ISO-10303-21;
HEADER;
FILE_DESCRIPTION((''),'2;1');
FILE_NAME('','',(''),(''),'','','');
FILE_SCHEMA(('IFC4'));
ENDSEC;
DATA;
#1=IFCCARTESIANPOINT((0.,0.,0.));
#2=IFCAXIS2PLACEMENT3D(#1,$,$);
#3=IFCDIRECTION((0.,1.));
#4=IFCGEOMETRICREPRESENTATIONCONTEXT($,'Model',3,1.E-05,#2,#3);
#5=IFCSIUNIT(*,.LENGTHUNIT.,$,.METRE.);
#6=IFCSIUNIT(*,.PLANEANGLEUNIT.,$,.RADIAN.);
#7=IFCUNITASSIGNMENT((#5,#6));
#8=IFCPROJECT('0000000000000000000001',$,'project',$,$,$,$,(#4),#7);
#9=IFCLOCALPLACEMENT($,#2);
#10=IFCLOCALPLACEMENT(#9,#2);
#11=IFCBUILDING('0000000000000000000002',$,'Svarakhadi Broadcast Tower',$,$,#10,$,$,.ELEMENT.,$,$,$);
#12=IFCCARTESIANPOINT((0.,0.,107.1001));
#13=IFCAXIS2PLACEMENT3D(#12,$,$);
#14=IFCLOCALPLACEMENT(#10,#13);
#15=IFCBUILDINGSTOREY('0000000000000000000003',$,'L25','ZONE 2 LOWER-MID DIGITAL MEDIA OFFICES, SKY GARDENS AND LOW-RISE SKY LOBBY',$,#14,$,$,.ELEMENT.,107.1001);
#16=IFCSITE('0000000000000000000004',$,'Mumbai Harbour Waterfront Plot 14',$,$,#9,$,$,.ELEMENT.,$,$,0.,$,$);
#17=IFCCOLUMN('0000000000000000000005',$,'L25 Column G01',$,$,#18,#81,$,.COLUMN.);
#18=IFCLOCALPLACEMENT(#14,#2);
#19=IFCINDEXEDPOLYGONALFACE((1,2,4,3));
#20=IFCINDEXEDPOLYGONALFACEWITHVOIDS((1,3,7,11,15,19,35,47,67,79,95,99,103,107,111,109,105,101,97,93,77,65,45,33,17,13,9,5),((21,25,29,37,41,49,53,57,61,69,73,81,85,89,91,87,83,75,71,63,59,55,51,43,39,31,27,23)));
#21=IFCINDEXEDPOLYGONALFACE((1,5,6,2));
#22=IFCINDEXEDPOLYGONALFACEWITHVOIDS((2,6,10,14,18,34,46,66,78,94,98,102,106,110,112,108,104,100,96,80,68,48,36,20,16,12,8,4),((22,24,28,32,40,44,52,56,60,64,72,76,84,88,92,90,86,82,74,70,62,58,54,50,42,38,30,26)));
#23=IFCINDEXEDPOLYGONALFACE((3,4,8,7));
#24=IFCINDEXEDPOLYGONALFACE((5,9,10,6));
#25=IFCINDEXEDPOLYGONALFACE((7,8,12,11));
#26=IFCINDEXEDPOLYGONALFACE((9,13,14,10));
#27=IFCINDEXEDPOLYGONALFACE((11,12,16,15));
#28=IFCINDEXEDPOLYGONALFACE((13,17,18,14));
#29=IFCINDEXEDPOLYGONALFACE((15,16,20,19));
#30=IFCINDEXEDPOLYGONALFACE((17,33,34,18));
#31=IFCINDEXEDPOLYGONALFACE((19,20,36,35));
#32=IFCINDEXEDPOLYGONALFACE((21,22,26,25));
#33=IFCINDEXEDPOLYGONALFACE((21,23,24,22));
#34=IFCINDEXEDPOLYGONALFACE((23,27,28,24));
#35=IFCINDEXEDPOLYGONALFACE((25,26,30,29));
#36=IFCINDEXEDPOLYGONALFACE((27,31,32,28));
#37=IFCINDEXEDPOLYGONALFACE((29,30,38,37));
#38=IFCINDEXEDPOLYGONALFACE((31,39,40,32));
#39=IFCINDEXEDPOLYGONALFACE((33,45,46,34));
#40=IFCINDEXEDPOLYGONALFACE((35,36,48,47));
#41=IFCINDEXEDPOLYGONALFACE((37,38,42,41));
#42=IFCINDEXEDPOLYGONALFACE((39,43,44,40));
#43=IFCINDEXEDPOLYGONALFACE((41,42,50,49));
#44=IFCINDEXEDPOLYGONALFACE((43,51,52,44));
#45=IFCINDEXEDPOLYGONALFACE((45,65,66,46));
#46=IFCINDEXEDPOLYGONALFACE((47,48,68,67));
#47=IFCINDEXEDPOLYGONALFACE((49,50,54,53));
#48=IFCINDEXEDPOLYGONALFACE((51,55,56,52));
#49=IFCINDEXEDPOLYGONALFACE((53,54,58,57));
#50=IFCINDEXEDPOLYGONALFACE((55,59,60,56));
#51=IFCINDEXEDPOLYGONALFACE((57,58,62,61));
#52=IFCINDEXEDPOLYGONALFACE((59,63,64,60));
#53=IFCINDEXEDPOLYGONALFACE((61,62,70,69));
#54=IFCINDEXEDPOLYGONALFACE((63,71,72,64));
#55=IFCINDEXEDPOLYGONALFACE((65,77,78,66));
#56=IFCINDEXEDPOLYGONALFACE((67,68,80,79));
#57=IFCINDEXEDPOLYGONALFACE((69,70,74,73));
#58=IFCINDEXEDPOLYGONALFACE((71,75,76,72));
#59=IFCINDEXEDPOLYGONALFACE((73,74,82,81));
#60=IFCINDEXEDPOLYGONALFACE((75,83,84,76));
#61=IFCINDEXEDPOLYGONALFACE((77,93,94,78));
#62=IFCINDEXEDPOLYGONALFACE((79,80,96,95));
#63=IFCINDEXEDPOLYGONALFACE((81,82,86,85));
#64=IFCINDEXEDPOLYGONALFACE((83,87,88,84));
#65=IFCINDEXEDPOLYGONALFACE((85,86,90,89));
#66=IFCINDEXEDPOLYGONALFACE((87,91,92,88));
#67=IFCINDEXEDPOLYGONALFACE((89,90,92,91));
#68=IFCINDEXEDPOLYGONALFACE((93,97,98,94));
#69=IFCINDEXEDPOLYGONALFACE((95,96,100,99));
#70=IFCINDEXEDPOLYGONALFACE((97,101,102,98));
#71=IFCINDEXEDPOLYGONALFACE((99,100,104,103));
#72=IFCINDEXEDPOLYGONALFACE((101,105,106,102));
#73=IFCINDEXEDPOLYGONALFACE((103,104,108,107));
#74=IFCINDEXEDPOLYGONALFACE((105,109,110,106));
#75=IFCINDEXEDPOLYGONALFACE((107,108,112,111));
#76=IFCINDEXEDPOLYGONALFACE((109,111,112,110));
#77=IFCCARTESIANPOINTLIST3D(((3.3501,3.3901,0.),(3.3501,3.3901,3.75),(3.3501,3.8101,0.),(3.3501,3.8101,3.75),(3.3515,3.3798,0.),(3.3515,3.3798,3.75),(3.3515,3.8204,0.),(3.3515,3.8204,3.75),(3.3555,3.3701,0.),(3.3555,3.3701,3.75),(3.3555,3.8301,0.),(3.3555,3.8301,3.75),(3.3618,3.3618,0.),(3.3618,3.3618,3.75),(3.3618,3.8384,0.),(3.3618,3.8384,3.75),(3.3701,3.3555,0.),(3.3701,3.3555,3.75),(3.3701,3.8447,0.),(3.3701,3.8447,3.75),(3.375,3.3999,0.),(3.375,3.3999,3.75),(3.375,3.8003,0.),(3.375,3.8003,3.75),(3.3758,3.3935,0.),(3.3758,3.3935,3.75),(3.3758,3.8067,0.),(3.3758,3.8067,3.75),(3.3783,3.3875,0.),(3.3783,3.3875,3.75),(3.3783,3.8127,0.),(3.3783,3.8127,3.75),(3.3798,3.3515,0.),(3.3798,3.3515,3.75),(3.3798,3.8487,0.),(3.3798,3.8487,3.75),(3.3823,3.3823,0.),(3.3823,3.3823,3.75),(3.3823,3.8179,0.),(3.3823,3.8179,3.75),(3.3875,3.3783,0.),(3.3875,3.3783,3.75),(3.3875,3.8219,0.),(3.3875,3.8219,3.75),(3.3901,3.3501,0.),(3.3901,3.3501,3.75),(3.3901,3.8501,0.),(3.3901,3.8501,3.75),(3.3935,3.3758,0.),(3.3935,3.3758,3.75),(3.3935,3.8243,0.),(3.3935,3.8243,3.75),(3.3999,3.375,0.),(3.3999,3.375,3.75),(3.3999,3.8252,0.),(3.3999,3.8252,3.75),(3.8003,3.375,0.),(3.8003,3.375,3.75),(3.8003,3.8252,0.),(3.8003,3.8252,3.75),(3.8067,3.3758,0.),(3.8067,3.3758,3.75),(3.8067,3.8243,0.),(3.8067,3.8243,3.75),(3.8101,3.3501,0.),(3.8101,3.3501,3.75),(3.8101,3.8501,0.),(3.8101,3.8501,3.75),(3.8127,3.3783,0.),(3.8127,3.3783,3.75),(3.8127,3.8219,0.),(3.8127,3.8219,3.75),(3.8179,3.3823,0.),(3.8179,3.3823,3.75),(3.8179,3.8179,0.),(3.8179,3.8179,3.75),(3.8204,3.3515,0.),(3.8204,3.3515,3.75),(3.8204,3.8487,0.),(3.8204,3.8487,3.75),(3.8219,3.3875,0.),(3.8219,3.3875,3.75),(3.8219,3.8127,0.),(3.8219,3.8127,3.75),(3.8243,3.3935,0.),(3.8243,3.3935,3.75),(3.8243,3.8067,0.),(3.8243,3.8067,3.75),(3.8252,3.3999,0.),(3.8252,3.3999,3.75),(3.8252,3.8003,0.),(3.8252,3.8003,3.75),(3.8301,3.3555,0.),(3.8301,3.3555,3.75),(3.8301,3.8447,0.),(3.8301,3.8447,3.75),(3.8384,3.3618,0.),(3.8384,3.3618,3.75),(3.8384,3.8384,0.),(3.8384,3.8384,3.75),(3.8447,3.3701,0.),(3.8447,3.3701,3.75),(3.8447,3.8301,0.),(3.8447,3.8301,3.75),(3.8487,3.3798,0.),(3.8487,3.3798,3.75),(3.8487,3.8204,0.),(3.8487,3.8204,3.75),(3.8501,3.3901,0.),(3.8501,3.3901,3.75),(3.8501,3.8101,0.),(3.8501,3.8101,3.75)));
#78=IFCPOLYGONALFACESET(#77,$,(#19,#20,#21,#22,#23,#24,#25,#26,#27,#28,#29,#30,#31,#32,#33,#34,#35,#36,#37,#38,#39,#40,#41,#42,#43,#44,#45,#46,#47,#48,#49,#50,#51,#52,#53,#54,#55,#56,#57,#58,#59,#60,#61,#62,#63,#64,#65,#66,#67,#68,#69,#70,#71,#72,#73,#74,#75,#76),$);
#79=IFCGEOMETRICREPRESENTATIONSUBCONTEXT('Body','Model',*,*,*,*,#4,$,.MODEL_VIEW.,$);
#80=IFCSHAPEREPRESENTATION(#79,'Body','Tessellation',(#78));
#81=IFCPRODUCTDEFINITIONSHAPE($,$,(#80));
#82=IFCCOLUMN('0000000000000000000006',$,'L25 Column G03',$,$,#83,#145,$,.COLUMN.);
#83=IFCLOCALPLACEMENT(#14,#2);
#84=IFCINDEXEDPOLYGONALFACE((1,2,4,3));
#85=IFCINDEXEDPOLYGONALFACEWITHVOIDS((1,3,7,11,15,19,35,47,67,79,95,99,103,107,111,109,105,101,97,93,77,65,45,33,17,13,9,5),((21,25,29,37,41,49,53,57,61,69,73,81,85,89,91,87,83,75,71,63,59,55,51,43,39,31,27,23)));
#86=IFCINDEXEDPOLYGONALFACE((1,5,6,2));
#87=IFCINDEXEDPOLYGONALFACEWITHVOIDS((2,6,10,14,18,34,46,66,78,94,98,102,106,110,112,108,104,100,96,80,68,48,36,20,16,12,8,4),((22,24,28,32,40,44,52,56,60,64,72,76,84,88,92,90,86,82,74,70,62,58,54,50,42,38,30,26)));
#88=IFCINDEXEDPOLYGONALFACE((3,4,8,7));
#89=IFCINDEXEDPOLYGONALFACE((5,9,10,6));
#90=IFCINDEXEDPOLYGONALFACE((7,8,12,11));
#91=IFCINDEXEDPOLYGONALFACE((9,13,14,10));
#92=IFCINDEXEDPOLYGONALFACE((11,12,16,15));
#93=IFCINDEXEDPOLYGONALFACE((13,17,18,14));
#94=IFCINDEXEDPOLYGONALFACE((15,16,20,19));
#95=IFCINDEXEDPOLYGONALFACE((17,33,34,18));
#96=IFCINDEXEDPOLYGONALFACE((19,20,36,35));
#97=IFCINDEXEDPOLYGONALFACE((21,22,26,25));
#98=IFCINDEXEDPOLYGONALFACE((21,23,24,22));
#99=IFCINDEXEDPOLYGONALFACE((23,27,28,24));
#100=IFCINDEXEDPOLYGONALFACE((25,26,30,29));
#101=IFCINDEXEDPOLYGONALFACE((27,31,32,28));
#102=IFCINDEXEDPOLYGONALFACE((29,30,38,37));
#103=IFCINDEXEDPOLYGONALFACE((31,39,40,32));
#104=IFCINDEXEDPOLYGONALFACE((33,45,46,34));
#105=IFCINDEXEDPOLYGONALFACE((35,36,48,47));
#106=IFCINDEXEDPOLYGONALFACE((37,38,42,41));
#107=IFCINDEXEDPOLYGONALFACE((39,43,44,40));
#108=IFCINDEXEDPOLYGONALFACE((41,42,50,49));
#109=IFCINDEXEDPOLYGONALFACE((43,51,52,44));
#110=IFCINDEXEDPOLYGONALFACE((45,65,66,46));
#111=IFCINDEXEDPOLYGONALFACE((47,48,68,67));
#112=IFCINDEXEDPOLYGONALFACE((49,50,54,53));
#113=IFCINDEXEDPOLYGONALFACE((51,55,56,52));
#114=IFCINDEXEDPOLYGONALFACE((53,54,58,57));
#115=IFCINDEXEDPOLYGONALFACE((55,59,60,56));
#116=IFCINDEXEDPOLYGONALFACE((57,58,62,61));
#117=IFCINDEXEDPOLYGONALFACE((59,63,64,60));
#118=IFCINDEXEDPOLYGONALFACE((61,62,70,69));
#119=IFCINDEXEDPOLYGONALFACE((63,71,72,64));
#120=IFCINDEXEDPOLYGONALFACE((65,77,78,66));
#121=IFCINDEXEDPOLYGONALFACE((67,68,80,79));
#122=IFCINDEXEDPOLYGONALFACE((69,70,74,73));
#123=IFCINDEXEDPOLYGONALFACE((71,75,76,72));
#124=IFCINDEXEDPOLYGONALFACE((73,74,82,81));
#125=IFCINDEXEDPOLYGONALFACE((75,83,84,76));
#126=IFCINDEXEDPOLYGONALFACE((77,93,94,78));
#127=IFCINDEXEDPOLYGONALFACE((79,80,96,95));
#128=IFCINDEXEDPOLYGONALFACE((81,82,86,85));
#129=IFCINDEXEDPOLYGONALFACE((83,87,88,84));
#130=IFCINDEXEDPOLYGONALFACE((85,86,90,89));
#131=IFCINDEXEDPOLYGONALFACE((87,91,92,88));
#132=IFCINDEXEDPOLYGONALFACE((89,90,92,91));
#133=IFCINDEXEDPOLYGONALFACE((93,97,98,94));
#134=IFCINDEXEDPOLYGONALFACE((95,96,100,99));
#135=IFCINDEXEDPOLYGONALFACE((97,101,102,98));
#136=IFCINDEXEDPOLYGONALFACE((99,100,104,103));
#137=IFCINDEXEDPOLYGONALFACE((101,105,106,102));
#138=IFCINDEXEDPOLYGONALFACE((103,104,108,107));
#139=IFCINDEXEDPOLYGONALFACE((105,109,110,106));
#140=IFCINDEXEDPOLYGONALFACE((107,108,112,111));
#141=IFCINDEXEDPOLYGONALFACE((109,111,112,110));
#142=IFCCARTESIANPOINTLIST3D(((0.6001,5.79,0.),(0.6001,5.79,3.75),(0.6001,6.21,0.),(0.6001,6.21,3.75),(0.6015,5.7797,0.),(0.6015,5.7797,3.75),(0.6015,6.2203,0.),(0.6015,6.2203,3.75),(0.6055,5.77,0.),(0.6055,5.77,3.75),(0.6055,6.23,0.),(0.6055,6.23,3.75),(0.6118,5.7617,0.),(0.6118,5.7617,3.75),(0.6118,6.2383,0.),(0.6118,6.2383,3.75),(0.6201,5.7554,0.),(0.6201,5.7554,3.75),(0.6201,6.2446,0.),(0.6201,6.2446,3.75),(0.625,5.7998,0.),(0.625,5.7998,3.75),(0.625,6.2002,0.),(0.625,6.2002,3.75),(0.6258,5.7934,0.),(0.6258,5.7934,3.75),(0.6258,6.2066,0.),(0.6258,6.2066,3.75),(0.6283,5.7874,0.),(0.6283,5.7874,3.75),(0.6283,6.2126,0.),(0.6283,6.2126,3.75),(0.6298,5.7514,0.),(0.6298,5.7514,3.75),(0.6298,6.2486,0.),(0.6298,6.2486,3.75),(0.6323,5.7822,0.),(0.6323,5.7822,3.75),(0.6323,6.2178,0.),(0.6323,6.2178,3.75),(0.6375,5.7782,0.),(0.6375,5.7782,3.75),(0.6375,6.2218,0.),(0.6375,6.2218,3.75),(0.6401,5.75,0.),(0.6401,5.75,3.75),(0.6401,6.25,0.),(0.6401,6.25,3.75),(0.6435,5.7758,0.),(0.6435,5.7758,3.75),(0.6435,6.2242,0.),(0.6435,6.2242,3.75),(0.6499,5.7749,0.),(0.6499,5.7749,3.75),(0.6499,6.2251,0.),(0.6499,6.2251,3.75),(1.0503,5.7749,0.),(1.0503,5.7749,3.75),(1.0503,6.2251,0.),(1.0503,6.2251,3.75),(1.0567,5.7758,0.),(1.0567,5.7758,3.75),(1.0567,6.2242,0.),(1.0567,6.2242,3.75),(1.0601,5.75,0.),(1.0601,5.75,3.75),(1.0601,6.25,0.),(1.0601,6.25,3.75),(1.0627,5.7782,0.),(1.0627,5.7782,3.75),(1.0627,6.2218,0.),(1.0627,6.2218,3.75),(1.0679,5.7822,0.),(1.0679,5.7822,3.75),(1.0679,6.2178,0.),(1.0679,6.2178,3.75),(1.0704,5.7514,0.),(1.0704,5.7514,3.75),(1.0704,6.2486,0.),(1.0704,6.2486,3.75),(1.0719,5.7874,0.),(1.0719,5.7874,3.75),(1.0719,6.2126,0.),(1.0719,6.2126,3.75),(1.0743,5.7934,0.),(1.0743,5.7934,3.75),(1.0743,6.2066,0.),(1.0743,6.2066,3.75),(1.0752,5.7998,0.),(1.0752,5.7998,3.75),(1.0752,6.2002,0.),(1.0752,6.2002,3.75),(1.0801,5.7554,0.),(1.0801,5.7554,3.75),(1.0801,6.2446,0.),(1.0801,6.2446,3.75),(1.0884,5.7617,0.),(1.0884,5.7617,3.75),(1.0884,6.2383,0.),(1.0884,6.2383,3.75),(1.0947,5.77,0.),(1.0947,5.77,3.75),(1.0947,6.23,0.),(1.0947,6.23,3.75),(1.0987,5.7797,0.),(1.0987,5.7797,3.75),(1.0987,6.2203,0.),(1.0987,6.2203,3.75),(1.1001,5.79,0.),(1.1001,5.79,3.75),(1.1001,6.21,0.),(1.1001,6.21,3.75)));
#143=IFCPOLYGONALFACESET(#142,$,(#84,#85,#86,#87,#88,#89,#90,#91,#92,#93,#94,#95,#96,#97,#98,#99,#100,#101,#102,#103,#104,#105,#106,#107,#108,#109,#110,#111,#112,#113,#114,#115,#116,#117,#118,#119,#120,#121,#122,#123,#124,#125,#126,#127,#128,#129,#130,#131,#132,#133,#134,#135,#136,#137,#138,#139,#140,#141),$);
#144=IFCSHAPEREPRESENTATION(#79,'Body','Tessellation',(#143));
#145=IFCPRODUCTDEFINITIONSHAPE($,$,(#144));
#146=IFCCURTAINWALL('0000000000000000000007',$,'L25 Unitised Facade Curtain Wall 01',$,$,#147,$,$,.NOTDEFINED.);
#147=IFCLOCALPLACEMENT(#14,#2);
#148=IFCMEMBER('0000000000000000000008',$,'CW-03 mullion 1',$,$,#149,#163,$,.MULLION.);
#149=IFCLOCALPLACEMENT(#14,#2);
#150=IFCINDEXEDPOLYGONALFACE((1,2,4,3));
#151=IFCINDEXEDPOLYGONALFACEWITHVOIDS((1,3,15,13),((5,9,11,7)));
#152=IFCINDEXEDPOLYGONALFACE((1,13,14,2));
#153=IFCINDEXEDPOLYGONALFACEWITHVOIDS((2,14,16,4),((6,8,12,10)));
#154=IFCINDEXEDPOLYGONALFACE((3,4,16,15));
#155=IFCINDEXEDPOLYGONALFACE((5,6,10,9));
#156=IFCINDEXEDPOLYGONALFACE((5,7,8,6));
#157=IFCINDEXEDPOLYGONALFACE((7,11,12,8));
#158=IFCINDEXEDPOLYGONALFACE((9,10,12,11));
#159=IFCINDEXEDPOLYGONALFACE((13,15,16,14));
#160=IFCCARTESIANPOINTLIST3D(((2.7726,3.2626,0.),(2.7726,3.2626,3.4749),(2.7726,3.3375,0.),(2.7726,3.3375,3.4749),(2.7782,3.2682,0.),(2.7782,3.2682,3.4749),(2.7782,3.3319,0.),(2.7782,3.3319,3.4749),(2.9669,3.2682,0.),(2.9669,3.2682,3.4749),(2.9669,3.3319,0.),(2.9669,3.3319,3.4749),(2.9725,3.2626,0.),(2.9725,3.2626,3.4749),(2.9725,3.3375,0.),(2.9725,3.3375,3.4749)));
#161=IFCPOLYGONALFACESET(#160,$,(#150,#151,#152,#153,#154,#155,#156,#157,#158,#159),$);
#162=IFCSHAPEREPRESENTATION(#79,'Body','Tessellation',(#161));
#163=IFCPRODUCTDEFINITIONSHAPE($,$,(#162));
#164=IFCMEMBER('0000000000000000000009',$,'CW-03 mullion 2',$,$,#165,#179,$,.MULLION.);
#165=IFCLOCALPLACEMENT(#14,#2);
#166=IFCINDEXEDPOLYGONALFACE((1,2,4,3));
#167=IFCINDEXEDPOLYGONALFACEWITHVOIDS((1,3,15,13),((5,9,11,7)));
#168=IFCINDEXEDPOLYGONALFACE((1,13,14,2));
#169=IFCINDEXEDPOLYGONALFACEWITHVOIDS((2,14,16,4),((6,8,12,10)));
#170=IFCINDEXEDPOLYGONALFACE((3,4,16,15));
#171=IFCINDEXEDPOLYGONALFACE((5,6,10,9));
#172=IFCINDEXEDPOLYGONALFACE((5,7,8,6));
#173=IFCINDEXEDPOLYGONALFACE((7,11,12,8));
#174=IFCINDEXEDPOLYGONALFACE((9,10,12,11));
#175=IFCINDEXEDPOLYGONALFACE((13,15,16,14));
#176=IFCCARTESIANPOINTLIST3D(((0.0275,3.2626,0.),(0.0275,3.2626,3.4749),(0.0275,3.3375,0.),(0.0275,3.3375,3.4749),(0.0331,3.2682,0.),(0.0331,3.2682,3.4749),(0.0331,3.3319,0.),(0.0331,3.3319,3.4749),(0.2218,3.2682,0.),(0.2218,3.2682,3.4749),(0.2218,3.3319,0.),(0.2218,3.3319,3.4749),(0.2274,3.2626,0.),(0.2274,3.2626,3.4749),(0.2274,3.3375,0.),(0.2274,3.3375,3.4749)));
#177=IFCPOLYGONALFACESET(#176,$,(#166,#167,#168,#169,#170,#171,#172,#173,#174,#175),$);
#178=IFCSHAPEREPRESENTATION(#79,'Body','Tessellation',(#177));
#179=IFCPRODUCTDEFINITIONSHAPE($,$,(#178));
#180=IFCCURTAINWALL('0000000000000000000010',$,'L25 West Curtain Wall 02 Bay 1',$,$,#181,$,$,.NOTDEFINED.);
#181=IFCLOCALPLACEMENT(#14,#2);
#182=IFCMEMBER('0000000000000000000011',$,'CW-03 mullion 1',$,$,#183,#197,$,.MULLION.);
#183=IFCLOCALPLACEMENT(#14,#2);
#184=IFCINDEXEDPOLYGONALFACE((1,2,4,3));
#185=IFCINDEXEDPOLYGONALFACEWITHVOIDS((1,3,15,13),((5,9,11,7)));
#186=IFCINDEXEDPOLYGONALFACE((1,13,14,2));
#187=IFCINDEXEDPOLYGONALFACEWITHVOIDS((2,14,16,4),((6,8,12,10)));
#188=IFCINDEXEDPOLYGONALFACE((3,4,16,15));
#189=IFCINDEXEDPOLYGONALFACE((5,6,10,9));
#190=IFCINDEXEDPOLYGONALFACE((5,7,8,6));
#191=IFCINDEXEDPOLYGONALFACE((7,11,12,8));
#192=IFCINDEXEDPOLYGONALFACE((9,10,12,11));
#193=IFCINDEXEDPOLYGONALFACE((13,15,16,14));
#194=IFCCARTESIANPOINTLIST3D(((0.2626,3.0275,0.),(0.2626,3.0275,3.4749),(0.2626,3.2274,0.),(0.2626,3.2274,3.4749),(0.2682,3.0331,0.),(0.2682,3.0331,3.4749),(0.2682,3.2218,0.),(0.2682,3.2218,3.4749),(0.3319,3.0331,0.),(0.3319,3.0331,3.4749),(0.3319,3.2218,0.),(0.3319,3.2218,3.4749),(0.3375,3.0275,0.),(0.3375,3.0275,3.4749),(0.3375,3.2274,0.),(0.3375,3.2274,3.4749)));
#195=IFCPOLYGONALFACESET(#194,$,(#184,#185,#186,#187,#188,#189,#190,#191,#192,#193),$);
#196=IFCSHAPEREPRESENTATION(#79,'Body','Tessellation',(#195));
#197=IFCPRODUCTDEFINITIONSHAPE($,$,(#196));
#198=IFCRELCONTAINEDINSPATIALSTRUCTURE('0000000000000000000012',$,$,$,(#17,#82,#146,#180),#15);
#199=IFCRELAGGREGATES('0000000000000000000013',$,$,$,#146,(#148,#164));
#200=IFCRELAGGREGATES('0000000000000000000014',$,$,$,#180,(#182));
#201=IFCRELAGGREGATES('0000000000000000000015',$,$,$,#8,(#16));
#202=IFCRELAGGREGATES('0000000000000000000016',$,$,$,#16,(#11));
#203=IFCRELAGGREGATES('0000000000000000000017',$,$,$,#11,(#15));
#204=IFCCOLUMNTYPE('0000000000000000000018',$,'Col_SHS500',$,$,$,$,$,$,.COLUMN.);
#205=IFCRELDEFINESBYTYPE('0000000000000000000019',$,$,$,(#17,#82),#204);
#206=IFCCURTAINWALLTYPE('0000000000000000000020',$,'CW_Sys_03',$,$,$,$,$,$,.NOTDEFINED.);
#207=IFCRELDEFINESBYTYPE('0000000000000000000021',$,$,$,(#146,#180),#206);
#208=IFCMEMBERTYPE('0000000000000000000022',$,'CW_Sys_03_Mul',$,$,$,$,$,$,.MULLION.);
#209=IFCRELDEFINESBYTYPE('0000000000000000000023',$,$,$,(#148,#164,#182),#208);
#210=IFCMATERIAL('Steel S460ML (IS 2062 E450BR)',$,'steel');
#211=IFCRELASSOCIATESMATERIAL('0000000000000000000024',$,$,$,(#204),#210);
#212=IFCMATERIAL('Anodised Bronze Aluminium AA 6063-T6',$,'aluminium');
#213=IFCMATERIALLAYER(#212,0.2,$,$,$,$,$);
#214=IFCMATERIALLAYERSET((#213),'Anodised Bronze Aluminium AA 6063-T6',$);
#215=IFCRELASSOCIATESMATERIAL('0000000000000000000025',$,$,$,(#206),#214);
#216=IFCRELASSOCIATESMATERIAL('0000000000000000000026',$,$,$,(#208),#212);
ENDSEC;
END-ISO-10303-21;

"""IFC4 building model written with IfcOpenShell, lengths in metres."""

from ifc_helpers import new_model, si_unit, direction, frame, origin, origin_2d, place, context, subcontext, project, spatial, hollow_rectangle, extrude, material, layer, layer_set, material_profile, profile_set, type_object, element, aggregate, save


model = new_model("IFC4")

# Units and contexts
model_context = context("Model", 3, precision=1e-05, world=origin(), true_north=direction((0.0, 1.0)))
body_context = subcontext(model_context, "Body", "Model", "MODEL_VIEW")
ifc_project = project(units=[si_unit("LENGTHUNIT", "METRE"), si_unit("PLANEANGLEUNIT", "RADIAN")], contexts=[model_context])

# Site, building, storey
site_placement = place(None, origin())
site = spatial("IfcSite", under=ifc_project, at=site_placement, Name="Mumbai Harbour Waterfront Plot 14", CompositionType="ELEMENT", RefElevation=0.0)
building_placement = place(site_placement, origin())
building = spatial("IfcBuilding", under=site, at=building_placement, Name="Svarakhadi Broadcast Tower", CompositionType="ELEMENT")
storey_placement = place(building_placement, frame((0.0, 0.0, 107.1001)))
storey = spatial("IfcBuildingStorey", under=building, at=storey_placement, Name="L25", Description="ZONE 2 LOWER-MID DIGITAL MEDIA OFFICES, SKY GARDENS AND LOW-RISE SKY LOBBY", CompositionType="ELEMENT", Elevation=107.1001)

# Columns
ifc_material_1 = material(Name="Steel S460ML (IS 2062 E450BR)", Category="steel")
ifc_material_profile_1 = material_profile(ifc_material_1, hollow_rectangle(XDim=0.5, YDim=0.5, WallThickness=0.0249, InnerFilletRadius=0.0249, OuterFilletRadius=0.04, at=origin_2d()), Name="SHS 500x500x25")
ifc_profile_set_1 = profile_set([ifc_material_profile_1], Name="Steel S460ML (IS 2062 E450BR)")
column_type = type_object("IfcColumnType", Name="Col_SHS500", PredefinedType="COLUMN", material=ifc_profile_set_1)
for number, where, z_axis, x_axis, name in (
    (1, (3.6001, 3.6001, 0.0), (0.0, 0.0, 1.0), (1.0, 0.0, 0.0), "L25 Column G01"),
    (2, (0.8501, 6.0, 0.0), (0.0, 0.0, 1.0), (1.0, 0.0, 0.0), "L25 Column G03"),
):
    element("IfcColumn", number, at=place(storey_placement, frame(where, z_axis=z_axis, x_axis=x_axis)), inside=storey, type_object=column_type, Name=name, PredefinedType="COLUMN", context=body_context, shape_type="SweptSolid", body=[
        extrude(hollow_rectangle(XDim=0.5, YDim=0.5, WallThickness=0.0249, InnerFilletRadius=0.0249, OuterFilletRadius=0.04, at=origin_2d()), origin(), (0.0, 0.0, 1.0), 3.75),
    ])

# Curtain wall, members
ifc_material_2 = material(Name="Anodised Bronze Aluminium AA 6063-T6", Category="aluminium")
ifc_layer_1 = layer(ifc_material_2, 0.2)
ifc_layer_set_1 = layer_set([ifc_layer_1], Name="Anodised Bronze Aluminium AA 6063-T6")
curtain_wall_type = type_object("IfcCurtainWallType", Name="CW_Sys_03", PredefinedType="NOTDEFINED", material=ifc_layer_set_1)
curtain_wall_1_placement = place(storey_placement, origin())
curtain_wall_1 = element("IfcCurtainWall", 3, at=curtain_wall_1_placement, inside=storey, type_object=curtain_wall_type, Name="L25 Unitised Facade Curtain Wall 01", PredefinedType="NOTDEFINED")
ifc_material_profile_2 = material_profile(ifc_material_2, hollow_rectangle(XDim=0.075, YDim=0.2, WallThickness=0.0056, at=origin_2d()), Name="ALU MULLION 200x75x6")
ifc_profile_set_2 = profile_set([ifc_material_profile_2], Name="Anodised Bronze Aluminium AA 6063-T6")
member_type_1 = type_object("IfcMemberType", Name="CW_Sys_03_Mul", PredefinedType="MULLION", material=ifc_profile_set_2)
member_1_placement = place(storey_placement, frame((2.8726, 3.3, 0.0), z_axis=(0.0, 0.0, 1.0), x_axis=(0.0, -1.0, 0.0)))
member_1 = element("IfcMember", 4, at=member_1_placement, type_object=member_type_1, Name="CW-03 mullion 1", PredefinedType="MULLION", context=body_context, shape_type="SweptSolid", body=[
    extrude(hollow_rectangle(XDim=0.075, YDim=0.2, WallThickness=0.0056, at=origin_2d()), origin(), (0.0, 0.0, 1.0), 3.4749),
])
member_2_placement = place(storey_placement, frame((0.1274, 3.3, 0.0), z_axis=(0.0, 0.0, 1.0), x_axis=(0.0, -1.0, 0.0)))
member_2 = element("IfcMember", 5, at=member_2_placement, type_object=member_type_1, Name="CW-03 mullion 2", PredefinedType="MULLION", context=body_context, shape_type="SweptSolid", body=[
    extrude(hollow_rectangle(XDim=0.075, YDim=0.2, WallThickness=0.0056, at=origin_2d()), origin(), (0.0, 0.0, 1.0), 3.4749),
])

# Curtain wall, member
curtain_wall_2_placement = place(storey_placement, origin())
curtain_wall_2 = element("IfcCurtainWall", 6, at=curtain_wall_2_placement, inside=storey, type_object=curtain_wall_type, Name="L25 West Curtain Wall 02 Bay 1", PredefinedType="NOTDEFINED")
member_3_placement = place(storey_placement, frame((0.3, 3.1274, 0.0), z_axis=(0.0, 0.0, 1.0), x_axis=(-1.0, 0.0, 0.0)))
member_3 = element("IfcMember", 7, at=member_3_placement, type_object=member_type_1, Name="CW-03 mullion 1", PredefinedType="MULLION", context=body_context, shape_type="SweptSolid", body=[
    extrude(hollow_rectangle(XDim=0.075, YDim=0.2, WallThickness=0.0056, at=origin_2d()), origin(), (0.0, 0.0, 1.0), 3.4749),
])

aggregate(curtain_wall_1, [member_1, member_2])
aggregate(curtain_wall_2, [member_3])

save(model, "model.ifc")
